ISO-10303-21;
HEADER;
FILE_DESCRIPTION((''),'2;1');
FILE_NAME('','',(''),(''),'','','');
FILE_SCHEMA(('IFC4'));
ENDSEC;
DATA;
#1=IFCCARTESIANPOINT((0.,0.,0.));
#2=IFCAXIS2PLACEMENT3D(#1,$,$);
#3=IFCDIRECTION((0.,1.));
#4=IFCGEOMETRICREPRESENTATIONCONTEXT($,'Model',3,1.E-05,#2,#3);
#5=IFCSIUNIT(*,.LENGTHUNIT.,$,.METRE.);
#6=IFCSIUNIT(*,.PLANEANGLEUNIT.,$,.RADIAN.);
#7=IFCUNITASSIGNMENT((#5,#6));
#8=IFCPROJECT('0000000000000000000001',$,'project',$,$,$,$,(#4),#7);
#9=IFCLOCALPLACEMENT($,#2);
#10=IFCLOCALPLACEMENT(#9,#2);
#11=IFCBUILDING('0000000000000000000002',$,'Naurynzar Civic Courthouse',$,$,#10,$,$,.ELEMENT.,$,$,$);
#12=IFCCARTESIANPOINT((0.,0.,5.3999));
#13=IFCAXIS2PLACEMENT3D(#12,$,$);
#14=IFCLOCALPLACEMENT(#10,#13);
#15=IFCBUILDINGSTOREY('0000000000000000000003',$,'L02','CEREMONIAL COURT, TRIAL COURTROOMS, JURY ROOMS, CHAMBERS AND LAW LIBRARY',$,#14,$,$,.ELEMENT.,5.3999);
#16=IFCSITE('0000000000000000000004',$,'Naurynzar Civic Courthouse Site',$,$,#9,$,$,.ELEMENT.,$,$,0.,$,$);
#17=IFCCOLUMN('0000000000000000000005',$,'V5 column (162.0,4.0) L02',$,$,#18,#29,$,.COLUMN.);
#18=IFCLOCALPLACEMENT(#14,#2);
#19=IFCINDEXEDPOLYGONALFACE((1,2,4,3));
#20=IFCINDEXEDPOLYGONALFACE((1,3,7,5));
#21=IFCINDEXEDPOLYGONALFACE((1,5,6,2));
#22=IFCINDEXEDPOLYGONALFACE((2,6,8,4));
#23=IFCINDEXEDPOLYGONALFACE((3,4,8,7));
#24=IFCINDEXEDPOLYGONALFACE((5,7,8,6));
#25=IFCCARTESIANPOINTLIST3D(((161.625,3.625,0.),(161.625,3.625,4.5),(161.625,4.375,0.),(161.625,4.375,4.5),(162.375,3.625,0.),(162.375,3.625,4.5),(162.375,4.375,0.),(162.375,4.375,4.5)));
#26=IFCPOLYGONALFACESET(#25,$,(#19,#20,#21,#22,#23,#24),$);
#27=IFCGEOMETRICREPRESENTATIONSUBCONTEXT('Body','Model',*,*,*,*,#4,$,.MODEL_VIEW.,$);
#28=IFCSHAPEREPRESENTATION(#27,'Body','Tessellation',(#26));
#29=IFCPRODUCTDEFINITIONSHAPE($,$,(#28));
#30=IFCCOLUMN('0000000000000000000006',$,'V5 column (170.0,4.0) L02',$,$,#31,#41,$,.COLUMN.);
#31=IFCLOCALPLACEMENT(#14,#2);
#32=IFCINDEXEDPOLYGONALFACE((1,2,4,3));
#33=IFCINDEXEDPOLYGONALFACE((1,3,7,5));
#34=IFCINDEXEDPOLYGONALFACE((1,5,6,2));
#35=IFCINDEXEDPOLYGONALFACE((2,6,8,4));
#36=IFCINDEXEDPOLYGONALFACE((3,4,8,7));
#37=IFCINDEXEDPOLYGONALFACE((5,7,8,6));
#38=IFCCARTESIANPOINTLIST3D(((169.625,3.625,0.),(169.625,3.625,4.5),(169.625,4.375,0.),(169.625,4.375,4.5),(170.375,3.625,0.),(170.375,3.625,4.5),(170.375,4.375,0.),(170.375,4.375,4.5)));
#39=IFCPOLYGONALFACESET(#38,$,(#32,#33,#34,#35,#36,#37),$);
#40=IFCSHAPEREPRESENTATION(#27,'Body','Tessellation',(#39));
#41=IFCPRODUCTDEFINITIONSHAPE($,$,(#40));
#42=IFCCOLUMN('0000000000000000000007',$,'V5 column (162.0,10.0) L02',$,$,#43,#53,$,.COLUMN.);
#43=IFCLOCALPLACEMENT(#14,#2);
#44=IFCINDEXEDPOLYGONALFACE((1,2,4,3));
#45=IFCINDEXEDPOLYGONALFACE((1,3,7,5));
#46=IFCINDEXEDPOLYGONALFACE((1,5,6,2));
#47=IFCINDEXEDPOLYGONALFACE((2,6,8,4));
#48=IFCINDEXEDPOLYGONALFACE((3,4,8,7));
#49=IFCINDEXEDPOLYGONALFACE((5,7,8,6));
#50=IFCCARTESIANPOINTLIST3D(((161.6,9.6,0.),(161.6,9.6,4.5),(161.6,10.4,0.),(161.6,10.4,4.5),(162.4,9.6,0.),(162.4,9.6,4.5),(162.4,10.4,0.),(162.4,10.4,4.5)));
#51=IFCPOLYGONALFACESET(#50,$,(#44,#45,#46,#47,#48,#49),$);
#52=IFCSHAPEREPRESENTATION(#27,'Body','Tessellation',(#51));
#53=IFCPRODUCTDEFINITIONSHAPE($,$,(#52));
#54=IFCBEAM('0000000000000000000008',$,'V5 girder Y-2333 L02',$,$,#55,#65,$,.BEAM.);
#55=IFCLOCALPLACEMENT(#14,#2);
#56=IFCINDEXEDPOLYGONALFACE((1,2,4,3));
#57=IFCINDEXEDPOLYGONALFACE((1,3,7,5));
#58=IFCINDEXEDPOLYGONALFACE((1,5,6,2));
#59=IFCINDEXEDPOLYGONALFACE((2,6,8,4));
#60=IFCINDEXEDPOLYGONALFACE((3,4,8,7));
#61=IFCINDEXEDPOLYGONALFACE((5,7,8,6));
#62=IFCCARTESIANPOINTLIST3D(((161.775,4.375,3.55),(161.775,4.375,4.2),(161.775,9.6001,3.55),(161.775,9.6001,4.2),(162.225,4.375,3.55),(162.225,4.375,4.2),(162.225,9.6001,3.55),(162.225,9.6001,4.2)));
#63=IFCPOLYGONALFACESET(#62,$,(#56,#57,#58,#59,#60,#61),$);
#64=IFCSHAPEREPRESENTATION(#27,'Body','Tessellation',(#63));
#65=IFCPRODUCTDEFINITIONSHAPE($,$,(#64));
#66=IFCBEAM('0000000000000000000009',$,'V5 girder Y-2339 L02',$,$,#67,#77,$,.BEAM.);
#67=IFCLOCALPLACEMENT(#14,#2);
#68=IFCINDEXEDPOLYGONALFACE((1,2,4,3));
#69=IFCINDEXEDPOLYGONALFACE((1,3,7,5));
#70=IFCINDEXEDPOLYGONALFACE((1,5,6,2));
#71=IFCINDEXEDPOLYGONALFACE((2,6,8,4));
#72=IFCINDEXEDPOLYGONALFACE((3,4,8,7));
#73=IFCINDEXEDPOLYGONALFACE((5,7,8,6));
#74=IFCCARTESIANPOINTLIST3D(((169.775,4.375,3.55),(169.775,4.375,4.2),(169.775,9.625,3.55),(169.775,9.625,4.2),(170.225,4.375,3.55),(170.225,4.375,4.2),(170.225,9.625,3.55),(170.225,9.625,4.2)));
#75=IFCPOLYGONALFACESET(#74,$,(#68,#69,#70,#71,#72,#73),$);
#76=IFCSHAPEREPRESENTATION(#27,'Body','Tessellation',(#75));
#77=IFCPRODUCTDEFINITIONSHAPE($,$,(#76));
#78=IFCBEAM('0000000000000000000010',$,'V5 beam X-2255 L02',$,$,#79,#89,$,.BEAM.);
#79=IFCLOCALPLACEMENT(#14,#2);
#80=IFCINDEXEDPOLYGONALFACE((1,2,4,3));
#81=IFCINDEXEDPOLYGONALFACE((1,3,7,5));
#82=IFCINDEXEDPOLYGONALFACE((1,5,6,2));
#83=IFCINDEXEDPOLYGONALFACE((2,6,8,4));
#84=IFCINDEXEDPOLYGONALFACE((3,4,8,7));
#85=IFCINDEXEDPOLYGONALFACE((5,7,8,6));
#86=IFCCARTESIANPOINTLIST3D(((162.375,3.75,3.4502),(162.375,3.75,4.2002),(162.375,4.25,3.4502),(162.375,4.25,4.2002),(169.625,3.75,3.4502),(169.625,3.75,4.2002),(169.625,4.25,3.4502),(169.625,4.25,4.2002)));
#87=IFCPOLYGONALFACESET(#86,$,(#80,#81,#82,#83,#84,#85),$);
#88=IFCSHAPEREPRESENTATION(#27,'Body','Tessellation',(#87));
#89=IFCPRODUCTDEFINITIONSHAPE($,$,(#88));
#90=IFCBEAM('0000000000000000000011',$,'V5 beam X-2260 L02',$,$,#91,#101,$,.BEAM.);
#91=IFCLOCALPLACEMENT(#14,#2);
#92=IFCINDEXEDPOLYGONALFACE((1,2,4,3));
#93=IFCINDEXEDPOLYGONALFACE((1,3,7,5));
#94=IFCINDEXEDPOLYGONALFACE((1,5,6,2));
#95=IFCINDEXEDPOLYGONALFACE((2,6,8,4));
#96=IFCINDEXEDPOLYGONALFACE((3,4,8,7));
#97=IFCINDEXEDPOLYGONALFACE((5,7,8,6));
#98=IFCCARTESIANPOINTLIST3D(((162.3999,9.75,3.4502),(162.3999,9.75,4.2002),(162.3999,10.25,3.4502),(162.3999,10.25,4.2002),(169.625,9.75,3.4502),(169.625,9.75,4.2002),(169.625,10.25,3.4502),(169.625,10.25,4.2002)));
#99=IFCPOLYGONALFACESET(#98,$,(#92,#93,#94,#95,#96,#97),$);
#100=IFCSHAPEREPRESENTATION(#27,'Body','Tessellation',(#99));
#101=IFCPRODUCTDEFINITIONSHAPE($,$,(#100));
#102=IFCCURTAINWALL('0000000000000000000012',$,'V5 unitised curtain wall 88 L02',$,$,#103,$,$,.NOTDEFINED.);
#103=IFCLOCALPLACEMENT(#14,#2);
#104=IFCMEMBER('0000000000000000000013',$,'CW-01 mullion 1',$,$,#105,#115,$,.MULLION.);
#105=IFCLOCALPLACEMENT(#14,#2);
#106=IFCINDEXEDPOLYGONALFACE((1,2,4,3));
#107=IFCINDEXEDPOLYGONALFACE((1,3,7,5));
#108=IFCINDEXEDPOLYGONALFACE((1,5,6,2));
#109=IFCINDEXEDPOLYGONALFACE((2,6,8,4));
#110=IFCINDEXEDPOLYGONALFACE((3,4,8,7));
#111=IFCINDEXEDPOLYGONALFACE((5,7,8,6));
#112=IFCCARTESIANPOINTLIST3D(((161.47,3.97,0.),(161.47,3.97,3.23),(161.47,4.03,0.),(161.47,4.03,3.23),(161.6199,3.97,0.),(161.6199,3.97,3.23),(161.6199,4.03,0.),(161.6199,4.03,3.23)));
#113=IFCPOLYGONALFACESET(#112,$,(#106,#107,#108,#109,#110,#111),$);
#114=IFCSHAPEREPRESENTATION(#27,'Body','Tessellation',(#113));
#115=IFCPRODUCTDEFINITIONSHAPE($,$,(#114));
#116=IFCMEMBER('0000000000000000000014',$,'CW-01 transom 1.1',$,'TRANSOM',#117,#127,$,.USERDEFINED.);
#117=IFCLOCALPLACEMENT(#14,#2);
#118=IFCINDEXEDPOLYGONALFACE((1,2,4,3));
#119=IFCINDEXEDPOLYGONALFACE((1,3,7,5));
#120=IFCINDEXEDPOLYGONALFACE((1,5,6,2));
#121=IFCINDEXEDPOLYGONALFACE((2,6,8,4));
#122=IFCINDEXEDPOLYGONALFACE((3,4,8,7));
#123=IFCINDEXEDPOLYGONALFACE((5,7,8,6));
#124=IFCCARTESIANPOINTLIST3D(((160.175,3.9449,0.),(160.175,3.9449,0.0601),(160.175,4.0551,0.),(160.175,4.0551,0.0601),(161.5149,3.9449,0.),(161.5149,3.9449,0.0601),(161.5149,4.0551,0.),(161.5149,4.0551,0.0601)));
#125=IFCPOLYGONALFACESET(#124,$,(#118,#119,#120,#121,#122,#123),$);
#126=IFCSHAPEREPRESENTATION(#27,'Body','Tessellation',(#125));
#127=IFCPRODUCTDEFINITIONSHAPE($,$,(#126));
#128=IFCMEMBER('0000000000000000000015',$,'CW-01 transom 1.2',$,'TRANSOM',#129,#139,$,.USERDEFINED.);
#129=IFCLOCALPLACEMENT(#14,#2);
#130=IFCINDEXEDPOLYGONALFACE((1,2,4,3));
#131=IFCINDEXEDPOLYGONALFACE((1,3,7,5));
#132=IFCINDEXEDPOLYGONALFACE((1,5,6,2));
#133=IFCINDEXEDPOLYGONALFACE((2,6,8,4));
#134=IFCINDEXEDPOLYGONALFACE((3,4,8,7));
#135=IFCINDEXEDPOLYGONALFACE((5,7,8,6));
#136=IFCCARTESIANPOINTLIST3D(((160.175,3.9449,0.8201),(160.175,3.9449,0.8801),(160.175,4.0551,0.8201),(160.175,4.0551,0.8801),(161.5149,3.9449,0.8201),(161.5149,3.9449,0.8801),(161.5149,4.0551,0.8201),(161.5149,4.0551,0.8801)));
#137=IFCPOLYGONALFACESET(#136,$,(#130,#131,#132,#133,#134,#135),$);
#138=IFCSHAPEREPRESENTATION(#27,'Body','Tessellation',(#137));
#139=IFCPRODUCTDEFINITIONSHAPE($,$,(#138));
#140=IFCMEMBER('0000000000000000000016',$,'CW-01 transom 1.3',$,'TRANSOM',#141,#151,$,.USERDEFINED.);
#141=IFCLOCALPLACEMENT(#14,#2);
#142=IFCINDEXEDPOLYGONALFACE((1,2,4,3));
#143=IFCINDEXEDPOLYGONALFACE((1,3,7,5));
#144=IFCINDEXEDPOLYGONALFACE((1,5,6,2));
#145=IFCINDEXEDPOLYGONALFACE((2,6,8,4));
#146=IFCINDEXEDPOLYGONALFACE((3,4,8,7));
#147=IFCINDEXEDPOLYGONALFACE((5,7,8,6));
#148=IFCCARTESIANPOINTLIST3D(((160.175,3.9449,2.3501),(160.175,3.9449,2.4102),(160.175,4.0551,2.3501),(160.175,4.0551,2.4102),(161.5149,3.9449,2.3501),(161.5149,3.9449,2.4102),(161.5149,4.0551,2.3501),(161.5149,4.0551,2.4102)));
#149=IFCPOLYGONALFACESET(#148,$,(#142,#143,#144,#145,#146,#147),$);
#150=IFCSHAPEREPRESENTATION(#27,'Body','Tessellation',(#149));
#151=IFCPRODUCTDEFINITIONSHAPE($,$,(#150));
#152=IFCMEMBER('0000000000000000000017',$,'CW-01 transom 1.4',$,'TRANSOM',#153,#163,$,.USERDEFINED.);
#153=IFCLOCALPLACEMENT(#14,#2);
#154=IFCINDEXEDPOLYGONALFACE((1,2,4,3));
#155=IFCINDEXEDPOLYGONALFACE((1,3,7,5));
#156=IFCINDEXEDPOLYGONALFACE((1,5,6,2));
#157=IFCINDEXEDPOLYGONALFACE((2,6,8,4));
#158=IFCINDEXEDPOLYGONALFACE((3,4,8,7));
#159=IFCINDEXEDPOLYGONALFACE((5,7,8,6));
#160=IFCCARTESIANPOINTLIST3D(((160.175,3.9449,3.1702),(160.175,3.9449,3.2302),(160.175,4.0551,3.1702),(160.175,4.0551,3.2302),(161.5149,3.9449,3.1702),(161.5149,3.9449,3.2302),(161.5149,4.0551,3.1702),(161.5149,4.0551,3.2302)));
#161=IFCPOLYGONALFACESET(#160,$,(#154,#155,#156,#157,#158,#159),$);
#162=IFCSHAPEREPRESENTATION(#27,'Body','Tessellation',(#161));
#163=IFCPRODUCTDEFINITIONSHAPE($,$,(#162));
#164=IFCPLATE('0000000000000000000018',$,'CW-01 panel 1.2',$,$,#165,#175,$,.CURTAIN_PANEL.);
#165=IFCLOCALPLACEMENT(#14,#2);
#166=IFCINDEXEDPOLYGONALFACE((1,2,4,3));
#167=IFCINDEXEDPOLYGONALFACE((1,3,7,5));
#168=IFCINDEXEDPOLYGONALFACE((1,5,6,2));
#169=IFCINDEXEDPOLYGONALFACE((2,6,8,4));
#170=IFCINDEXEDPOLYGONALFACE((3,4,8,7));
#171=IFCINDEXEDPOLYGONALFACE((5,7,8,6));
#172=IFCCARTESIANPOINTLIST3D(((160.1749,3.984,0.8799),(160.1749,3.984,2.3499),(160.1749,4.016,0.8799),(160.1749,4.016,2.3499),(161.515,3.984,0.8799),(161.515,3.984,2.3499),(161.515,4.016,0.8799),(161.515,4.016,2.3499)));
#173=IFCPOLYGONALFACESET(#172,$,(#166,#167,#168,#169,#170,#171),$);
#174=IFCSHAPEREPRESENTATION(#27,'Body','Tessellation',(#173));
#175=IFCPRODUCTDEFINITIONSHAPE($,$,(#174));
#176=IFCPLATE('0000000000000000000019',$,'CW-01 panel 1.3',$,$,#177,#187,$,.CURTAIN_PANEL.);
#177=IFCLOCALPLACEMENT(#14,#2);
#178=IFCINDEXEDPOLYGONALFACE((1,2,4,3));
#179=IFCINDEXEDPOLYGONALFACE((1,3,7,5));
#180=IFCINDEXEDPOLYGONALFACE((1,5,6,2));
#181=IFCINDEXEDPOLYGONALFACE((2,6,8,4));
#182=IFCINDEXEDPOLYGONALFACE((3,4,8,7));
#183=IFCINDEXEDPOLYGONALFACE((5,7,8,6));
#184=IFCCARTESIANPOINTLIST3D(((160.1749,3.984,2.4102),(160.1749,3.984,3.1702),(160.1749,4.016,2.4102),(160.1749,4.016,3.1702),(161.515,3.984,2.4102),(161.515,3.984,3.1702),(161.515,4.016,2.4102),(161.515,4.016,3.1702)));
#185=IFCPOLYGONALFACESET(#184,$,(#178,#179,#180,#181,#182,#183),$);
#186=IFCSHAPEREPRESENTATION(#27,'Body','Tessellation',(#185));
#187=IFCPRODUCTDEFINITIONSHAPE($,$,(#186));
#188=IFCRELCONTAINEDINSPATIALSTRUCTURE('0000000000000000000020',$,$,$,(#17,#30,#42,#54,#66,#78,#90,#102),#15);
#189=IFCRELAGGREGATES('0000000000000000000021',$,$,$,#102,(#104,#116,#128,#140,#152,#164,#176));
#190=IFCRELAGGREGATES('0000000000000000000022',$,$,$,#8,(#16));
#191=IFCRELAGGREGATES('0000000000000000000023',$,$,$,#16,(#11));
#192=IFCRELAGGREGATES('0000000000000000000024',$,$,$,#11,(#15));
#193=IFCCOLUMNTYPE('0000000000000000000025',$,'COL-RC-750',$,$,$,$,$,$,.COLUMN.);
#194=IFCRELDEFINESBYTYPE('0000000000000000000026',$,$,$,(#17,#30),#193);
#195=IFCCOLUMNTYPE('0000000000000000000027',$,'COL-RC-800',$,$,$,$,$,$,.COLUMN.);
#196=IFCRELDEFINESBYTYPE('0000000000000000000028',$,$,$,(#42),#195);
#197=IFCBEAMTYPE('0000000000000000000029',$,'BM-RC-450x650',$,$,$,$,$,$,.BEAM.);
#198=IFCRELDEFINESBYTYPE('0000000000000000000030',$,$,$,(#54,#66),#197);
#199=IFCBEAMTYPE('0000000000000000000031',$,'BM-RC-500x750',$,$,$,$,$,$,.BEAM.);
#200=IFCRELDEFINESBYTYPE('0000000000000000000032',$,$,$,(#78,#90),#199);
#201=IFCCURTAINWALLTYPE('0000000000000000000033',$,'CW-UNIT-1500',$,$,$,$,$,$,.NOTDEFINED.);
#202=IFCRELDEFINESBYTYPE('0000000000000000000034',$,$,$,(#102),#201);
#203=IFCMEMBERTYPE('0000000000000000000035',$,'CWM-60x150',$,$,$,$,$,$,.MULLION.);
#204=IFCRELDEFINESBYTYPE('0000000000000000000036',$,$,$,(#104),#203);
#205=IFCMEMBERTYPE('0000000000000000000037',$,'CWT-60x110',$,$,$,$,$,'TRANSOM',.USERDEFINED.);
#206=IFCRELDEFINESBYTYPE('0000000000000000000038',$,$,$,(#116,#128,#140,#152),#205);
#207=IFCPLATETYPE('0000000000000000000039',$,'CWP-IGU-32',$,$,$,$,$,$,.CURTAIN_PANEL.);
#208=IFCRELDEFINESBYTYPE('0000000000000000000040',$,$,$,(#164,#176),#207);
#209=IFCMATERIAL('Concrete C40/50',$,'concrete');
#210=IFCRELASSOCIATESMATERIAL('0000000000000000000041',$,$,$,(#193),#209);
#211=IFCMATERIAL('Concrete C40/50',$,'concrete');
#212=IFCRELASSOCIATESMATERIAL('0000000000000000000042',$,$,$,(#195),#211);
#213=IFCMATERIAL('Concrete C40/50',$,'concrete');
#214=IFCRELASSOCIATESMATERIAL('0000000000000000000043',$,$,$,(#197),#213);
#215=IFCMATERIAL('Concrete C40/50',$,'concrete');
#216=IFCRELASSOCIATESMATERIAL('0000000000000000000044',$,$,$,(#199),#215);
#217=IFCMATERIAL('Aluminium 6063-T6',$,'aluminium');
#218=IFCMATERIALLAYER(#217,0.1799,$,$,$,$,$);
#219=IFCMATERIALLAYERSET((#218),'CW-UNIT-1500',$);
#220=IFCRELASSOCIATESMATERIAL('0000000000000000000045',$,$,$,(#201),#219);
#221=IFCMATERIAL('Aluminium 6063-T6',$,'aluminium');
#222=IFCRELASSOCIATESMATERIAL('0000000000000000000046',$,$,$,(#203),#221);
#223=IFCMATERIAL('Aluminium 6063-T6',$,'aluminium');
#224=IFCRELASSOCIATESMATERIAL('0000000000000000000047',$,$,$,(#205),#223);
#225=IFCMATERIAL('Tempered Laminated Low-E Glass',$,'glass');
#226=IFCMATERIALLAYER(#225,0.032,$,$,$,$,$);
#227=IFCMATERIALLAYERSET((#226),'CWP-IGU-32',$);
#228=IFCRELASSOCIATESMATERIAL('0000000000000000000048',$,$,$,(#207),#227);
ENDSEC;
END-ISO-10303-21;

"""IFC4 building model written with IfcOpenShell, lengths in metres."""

from ifc_helpers import new_model, si_unit, direction, frame, origin, origin_2d, place, context, subcontext, project, spatial, rectangle, extrude, material, layer, layer_set, material_profile, profile_set, type_object, element, aggregate, save


model = new_model("IFC4")

# Units and contexts
model_context = context("Model", 3, precision=1e-05, world=origin(), true_north=direction((0.0, 1.0)))
body_context = subcontext(model_context, "Body", "Model", "MODEL_VIEW")
ifc_project = project(units=[si_unit("LENGTHUNIT", "METRE"), si_unit("PLANEANGLEUNIT", "RADIAN")], contexts=[model_context])

# Site, building, storey
site_placement = place(None, origin())
site = spatial("IfcSite", under=ifc_project, at=site_placement, Name="Naurynzar Civic Courthouse Site", CompositionType="ELEMENT", RefElevation=0.0)
building_placement = place(site_placement, origin())
building = spatial("IfcBuilding", under=site, at=building_placement, Name="Naurynzar Civic Courthouse", CompositionType="ELEMENT")
storey_placement = place(building_placement, frame((0.0, 0.0, 5.3999)))
storey = spatial("IfcBuildingStorey", under=building, at=storey_placement, Name="L02", Description="CEREMONIAL COURT, TRIAL COURTROOMS, JURY ROOMS, CHAMBERS AND LAW LIBRARY", CompositionType="ELEMENT", Elevation=5.3999)

# Columns
ifc_material_1 = material(Name="Concrete C40/50", Category="concrete")
ifc_material_profile_1 = material_profile(ifc_material_1, rectangle(XDim=0.75, YDim=0.75, at=origin_2d()), Name="RC 750x750")
ifc_profile_set_1 = profile_set([ifc_material_profile_1], Name="Concrete C40/50")
column_type_1 = type_object("IfcColumnType", Name="COL-RC-750", PredefinedType="COLUMN", material=ifc_profile_set_1)
for number, where, z_axis, x_axis, name in (
    (1, (162.0, 4.0, 0.0), (0.0, 0.0, 1.0), (1.0, 0.0, 0.0), "V5 column (162.0,4.0) L02"),
    (2, (170.0, 4.0, 0.0), (0.0, 0.0, 1.0), (1.0, 0.0, 0.0), "V5 column (170.0,4.0) L02"),
):
    element("IfcColumn", number, at=place(storey_placement, frame(where, z_axis=z_axis, x_axis=x_axis)), inside=storey, type_object=column_type_1, Name=name, PredefinedType="COLUMN", context=body_context, shape_type="SweptSolid", body=[
        extrude(rectangle(XDim=0.75, YDim=0.75, at=origin_2d()), origin(), (0.0, 0.0, 1.0), 4.5),
    ])
ifc_material_2 = material(Name="Concrete C40/50", Category="concrete")
ifc_material_profile_2 = material_profile(ifc_material_2, rectangle(XDim=0.8, YDim=0.8, at=origin_2d()), Name="RC 800x800")
ifc_profile_set_2 = profile_set([ifc_material_profile_2], Name="Concrete C40/50")
column_type_2 = type_object("IfcColumnType", Name="COL-RC-800", PredefinedType="COLUMN", material=ifc_profile_set_2)
column_placement = place(storey_placement, frame((162.0, 10.0, 0.0), z_axis=(0.0, 0.0, 1.0), x_axis=(1.0, 0.0, 0.0)))
element("IfcColumn", 3, at=column_placement, inside=storey, type_object=column_type_2, Name="V5 column (162.0,10.0) L02", PredefinedType="COLUMN", context=body_context, shape_type="SweptSolid", body=[
    extrude(rectangle(XDim=0.8, YDim=0.8, at=origin_2d()), origin(), (0.0, 0.0, 1.0), 4.5),
])

# Beams
ifc_material_3 = material(Name="Concrete C40/50", Category="concrete")
ifc_material_profile_3 = material_profile(ifc_material_3, rectangle(XDim=0.45, YDim=0.6499, at=origin_2d()), Name="RCB 450x650")
ifc_profile_set_3 = profile_set([ifc_material_profile_3], Name="Concrete C40/50")
beam_type_1 = type_object("IfcBeamType", Name="BM-RC-450x650", PredefinedType="BEAM", material=ifc_profile_set_3)
beam_1_placement = place(storey_placement, frame((162.0, 4.375, 3.875), z_axis=(0.0, 1.0, 0.0), x_axis=(-1.0, 0.0, 0.0)))
element("IfcBeam", 4, at=beam_1_placement, inside=storey, type_object=beam_type_1, Name="V5 girder Y-2333 L02", PredefinedType="BEAM", context=body_context, shape_type="SweptSolid", body=[
    extrude(rectangle(XDim=0.45, YDim=0.6499, at=origin_2d()), origin(), (0.0, 0.0, 1.0), 5.2251),
])
beam_2_placement = place(storey_placement, frame((170.0, 4.375, 3.875), z_axis=(0.0, 1.0, 0.0), x_axis=(-1.0, 0.0, 0.0)))
element("IfcBeam", 5, at=beam_2_placement, inside=storey, type_object=beam_type_1, Name="V5 girder Y-2339 L02", PredefinedType="BEAM", context=body_context, shape_type="SweptSolid", body=[
    extrude(rectangle(XDim=0.45, YDim=0.6499, at=origin_2d()), origin(), (0.0, 0.0, 1.0), 5.25),
])
ifc_material_4 = material(Name="Concrete C40/50", Category="concrete")
ifc_material_profile_4 = material_profile(ifc_material_4, rectangle(XDim=0.5, YDim=0.75, at=origin_2d()), Name="RCB 500x750")
ifc_profile_set_4 = profile_set([ifc_material_profile_4], Name="Concrete C40/50")
beam_type_2 = type_object("IfcBeamType", Name="BM-RC-500x750", PredefinedType="BEAM", material=ifc_profile_set_4)
beam_3_placement = place(storey_placement, frame((162.375, 4.0, 3.8252), z_axis=(1.0, 0.0, 0.0), x_axis=(0.0, 1.0, 0.0)))
element("IfcBeam", 6, at=beam_3_placement, inside=storey, type_object=beam_type_2, Name="V5 beam X-2255 L02", PredefinedType="BEAM", context=body_context, shape_type="SweptSolid", body=[
    extrude(rectangle(XDim=0.5, YDim=0.75, at=origin_2d()), origin(), (0.0, 0.0, 1.0), 7.25),
])
beam_4_placement = place(storey_placement, frame((162.3999, 10.0, 3.8252), z_axis=(1.0, 0.0, 0.0), x_axis=(0.0, 1.0, 0.0)))
element("IfcBeam", 7, at=beam_4_placement, inside=storey, type_object=beam_type_2, Name="V5 beam X-2260 L02", PredefinedType="BEAM", context=body_context, shape_type="SweptSolid", body=[
    extrude(rectangle(XDim=0.5, YDim=0.75, at=origin_2d()), origin(), (0.0, 0.0, 1.0), 7.2251),
])

# Curtain wall, members, plates
ifc_material_5 = material(Name="Aluminium 6063-T6", Category="aluminium")
ifc_layer_1 = layer(ifc_material_5, 0.1799)
ifc_layer_set_1 = layer_set([ifc_layer_1], Name="CW-UNIT-1500")
curtain_wall_type = type_object("IfcCurtainWallType", Name="CW-UNIT-1500", PredefinedType="NOTDEFINED", material=ifc_layer_set_1)
curtain_wall_placement = place(storey_placement, origin())
curtain_wall = element("IfcCurtainWall", 8, at=curtain_wall_placement, inside=storey, type_object=curtain_wall_type, Name="V5 unitised curtain wall 88 L02", PredefinedType="NOTDEFINED")
ifc_material_6 = material(Name="Aluminium 6063-T6", Category="aluminium")
ifc_material_profile_5 = material_profile(ifc_material_6, rectangle(XDim=0.0601, YDim=0.1499, at=origin_2d()), Name="ALU MULLION 60x150")
ifc_profile_set_5 = profile_set([ifc_material_profile_5], Name="Aluminium 6063-T6")
member_type_1 = type_object("IfcMemberType", Name="CWM-60x150", PredefinedType="MULLION", material=ifc_profile_set_5)
member_1_placement = place(storey_placement, frame((161.5449, 4.0, 0.0), z_axis=(0.0, 0.0, 1.0), x_axis=(0.0, -1.0, 0.0)))
member_1 = element("IfcMember", 9, at=member_1_placement, type_object=member_type_1, Name="CW-01 mullion 1", PredefinedType="MULLION", context=body_context, shape_type="SweptSolid", body=[
    extrude(rectangle(XDim=0.0601, YDim=0.1499, at=origin_2d()), origin(), (0.0, 0.0, 1.0), 3.23),
])
ifc_material_7 = material(Name="Aluminium 6063-T6", Category="aluminium")
ifc_material_profile_6 = material_profile(ifc_material_7, rectangle(XDim=0.1101, YDim=0.0601, at=origin_2d()), Name="ALU TRANSOM 60x110")
ifc_profile_set_6 = profile_set([ifc_material_profile_6], Name="Aluminium 6063-T6")
member_type_2 = type_object("IfcMemberType", Name="CWT-60x110", ElementType="TRANSOM", PredefinedType="USERDEFINED", material=ifc_profile_set_6)
member_2_placement = place(storey_placement, frame((161.5149, 4.0, 0.03), z_axis=(-1.0, 0.0, 0.0), x_axis=(0.0, -1.0, 0.0)))
member_2 = element("IfcMember", 10, at=member_2_placement, type_object=member_type_2, Name="CW-01 transom 1.1", ObjectType="TRANSOM", PredefinedType="USERDEFINED", context=body_context, shape_type="SweptSolid", body=[
    extrude(rectangle(XDim=0.1101, YDim=0.0601, at=origin_2d()), origin(), (0.0, 0.0, 1.0), 1.3398),
])
member_3_placement = place(storey_placement, frame((161.5149, 4.0, 0.8501), z_axis=(-1.0, 0.0, 0.0), x_axis=(0.0, -1.0, 0.0)))
member_3 = element("IfcMember", 11, at=member_3_placement, type_object=member_type_2, Name="CW-01 transom 1.2", ObjectType="TRANSOM", PredefinedType="USERDEFINED", context=body_context, shape_type="SweptSolid", body=[
    extrude(rectangle(XDim=0.1101, YDim=0.0601, at=origin_2d()), origin(), (0.0, 0.0, 1.0), 1.3398),
])
member_4_placement = place(storey_placement, frame((161.5149, 4.0, 2.3801), z_axis=(-1.0, 0.0, 0.0), x_axis=(0.0, -1.0, 0.0)))
member_4 = element("IfcMember", 12, at=member_4_placement, type_object=member_type_2, Name="CW-01 transom 1.3", ObjectType="TRANSOM", PredefinedType="USERDEFINED", context=body_context, shape_type="SweptSolid", body=[
    extrude(rectangle(XDim=0.1101, YDim=0.0601, at=origin_2d()), origin(), (0.0, 0.0, 1.0), 1.3398),
])
member_5_placement = place(storey_placement, frame((161.5149, 4.0, 3.2002), z_axis=(-1.0, 0.0, 0.0), x_axis=(0.0, -1.0, 0.0)))
member_5 = element("IfcMember", 13, at=member_5_placement, type_object=member_type_2, Name="CW-01 transom 1.4", ObjectType="TRANSOM", PredefinedType="USERDEFINED", context=body_context, shape_type="SweptSolid", body=[
    extrude(rectangle(XDim=0.1101, YDim=0.0601, at=origin_2d()), origin(), (0.0, 0.0, 1.0), 1.3398),
])
ifc_material_8 = material(Name="Tempered Laminated Low-E Glass", Category="glass")
ifc_layer_2 = layer(ifc_material_8, 0.032)
ifc_layer_set_2 = layer_set([ifc_layer_2], Name="CWP-IGU-32")
plate_type = type_object("IfcPlateType", Name="CWP-IGU-32", PredefinedType="CURTAIN_PANEL", material=ifc_layer_set_2)
plate_1_placement = place(storey_placement, frame((160.845, 4.0, 0.8799), z_axis=(0.0, 0.0, 1.0), x_axis=(-1.0, 0.0, 0.0)))
plate_1 = element("IfcPlate", 14, at=plate_1_placement, type_object=plate_type, Name="CW-01 panel 1.2", PredefinedType="CURTAIN_PANEL", context=body_context, shape_type="SweptSolid", body=[
    extrude(rectangle(XDim=1.3401, YDim=0.032, at=origin_2d()), origin(), (0.0, 0.0, 1.0), 1.47),
])
plate_2_placement = place(storey_placement, frame((160.845, 4.0, 2.4102), z_axis=(0.0, 0.0, 1.0), x_axis=(-1.0, 0.0, 0.0)))
plate_2 = element("IfcPlate", 15, at=plate_2_placement, type_object=plate_type, Name="CW-01 panel 1.3", PredefinedType="CURTAIN_PANEL", context=body_context, shape_type="SweptSolid", body=[
    extrude(rectangle(XDim=1.3401, YDim=0.032, at=origin_2d()), origin(), (0.0, 0.0, 1.0), 0.76),
])
aggregate(curtain_wall, [member_1, member_2, member_3, member_4, member_5, plate_1, plate_2])

save(model, "model.ifc")
